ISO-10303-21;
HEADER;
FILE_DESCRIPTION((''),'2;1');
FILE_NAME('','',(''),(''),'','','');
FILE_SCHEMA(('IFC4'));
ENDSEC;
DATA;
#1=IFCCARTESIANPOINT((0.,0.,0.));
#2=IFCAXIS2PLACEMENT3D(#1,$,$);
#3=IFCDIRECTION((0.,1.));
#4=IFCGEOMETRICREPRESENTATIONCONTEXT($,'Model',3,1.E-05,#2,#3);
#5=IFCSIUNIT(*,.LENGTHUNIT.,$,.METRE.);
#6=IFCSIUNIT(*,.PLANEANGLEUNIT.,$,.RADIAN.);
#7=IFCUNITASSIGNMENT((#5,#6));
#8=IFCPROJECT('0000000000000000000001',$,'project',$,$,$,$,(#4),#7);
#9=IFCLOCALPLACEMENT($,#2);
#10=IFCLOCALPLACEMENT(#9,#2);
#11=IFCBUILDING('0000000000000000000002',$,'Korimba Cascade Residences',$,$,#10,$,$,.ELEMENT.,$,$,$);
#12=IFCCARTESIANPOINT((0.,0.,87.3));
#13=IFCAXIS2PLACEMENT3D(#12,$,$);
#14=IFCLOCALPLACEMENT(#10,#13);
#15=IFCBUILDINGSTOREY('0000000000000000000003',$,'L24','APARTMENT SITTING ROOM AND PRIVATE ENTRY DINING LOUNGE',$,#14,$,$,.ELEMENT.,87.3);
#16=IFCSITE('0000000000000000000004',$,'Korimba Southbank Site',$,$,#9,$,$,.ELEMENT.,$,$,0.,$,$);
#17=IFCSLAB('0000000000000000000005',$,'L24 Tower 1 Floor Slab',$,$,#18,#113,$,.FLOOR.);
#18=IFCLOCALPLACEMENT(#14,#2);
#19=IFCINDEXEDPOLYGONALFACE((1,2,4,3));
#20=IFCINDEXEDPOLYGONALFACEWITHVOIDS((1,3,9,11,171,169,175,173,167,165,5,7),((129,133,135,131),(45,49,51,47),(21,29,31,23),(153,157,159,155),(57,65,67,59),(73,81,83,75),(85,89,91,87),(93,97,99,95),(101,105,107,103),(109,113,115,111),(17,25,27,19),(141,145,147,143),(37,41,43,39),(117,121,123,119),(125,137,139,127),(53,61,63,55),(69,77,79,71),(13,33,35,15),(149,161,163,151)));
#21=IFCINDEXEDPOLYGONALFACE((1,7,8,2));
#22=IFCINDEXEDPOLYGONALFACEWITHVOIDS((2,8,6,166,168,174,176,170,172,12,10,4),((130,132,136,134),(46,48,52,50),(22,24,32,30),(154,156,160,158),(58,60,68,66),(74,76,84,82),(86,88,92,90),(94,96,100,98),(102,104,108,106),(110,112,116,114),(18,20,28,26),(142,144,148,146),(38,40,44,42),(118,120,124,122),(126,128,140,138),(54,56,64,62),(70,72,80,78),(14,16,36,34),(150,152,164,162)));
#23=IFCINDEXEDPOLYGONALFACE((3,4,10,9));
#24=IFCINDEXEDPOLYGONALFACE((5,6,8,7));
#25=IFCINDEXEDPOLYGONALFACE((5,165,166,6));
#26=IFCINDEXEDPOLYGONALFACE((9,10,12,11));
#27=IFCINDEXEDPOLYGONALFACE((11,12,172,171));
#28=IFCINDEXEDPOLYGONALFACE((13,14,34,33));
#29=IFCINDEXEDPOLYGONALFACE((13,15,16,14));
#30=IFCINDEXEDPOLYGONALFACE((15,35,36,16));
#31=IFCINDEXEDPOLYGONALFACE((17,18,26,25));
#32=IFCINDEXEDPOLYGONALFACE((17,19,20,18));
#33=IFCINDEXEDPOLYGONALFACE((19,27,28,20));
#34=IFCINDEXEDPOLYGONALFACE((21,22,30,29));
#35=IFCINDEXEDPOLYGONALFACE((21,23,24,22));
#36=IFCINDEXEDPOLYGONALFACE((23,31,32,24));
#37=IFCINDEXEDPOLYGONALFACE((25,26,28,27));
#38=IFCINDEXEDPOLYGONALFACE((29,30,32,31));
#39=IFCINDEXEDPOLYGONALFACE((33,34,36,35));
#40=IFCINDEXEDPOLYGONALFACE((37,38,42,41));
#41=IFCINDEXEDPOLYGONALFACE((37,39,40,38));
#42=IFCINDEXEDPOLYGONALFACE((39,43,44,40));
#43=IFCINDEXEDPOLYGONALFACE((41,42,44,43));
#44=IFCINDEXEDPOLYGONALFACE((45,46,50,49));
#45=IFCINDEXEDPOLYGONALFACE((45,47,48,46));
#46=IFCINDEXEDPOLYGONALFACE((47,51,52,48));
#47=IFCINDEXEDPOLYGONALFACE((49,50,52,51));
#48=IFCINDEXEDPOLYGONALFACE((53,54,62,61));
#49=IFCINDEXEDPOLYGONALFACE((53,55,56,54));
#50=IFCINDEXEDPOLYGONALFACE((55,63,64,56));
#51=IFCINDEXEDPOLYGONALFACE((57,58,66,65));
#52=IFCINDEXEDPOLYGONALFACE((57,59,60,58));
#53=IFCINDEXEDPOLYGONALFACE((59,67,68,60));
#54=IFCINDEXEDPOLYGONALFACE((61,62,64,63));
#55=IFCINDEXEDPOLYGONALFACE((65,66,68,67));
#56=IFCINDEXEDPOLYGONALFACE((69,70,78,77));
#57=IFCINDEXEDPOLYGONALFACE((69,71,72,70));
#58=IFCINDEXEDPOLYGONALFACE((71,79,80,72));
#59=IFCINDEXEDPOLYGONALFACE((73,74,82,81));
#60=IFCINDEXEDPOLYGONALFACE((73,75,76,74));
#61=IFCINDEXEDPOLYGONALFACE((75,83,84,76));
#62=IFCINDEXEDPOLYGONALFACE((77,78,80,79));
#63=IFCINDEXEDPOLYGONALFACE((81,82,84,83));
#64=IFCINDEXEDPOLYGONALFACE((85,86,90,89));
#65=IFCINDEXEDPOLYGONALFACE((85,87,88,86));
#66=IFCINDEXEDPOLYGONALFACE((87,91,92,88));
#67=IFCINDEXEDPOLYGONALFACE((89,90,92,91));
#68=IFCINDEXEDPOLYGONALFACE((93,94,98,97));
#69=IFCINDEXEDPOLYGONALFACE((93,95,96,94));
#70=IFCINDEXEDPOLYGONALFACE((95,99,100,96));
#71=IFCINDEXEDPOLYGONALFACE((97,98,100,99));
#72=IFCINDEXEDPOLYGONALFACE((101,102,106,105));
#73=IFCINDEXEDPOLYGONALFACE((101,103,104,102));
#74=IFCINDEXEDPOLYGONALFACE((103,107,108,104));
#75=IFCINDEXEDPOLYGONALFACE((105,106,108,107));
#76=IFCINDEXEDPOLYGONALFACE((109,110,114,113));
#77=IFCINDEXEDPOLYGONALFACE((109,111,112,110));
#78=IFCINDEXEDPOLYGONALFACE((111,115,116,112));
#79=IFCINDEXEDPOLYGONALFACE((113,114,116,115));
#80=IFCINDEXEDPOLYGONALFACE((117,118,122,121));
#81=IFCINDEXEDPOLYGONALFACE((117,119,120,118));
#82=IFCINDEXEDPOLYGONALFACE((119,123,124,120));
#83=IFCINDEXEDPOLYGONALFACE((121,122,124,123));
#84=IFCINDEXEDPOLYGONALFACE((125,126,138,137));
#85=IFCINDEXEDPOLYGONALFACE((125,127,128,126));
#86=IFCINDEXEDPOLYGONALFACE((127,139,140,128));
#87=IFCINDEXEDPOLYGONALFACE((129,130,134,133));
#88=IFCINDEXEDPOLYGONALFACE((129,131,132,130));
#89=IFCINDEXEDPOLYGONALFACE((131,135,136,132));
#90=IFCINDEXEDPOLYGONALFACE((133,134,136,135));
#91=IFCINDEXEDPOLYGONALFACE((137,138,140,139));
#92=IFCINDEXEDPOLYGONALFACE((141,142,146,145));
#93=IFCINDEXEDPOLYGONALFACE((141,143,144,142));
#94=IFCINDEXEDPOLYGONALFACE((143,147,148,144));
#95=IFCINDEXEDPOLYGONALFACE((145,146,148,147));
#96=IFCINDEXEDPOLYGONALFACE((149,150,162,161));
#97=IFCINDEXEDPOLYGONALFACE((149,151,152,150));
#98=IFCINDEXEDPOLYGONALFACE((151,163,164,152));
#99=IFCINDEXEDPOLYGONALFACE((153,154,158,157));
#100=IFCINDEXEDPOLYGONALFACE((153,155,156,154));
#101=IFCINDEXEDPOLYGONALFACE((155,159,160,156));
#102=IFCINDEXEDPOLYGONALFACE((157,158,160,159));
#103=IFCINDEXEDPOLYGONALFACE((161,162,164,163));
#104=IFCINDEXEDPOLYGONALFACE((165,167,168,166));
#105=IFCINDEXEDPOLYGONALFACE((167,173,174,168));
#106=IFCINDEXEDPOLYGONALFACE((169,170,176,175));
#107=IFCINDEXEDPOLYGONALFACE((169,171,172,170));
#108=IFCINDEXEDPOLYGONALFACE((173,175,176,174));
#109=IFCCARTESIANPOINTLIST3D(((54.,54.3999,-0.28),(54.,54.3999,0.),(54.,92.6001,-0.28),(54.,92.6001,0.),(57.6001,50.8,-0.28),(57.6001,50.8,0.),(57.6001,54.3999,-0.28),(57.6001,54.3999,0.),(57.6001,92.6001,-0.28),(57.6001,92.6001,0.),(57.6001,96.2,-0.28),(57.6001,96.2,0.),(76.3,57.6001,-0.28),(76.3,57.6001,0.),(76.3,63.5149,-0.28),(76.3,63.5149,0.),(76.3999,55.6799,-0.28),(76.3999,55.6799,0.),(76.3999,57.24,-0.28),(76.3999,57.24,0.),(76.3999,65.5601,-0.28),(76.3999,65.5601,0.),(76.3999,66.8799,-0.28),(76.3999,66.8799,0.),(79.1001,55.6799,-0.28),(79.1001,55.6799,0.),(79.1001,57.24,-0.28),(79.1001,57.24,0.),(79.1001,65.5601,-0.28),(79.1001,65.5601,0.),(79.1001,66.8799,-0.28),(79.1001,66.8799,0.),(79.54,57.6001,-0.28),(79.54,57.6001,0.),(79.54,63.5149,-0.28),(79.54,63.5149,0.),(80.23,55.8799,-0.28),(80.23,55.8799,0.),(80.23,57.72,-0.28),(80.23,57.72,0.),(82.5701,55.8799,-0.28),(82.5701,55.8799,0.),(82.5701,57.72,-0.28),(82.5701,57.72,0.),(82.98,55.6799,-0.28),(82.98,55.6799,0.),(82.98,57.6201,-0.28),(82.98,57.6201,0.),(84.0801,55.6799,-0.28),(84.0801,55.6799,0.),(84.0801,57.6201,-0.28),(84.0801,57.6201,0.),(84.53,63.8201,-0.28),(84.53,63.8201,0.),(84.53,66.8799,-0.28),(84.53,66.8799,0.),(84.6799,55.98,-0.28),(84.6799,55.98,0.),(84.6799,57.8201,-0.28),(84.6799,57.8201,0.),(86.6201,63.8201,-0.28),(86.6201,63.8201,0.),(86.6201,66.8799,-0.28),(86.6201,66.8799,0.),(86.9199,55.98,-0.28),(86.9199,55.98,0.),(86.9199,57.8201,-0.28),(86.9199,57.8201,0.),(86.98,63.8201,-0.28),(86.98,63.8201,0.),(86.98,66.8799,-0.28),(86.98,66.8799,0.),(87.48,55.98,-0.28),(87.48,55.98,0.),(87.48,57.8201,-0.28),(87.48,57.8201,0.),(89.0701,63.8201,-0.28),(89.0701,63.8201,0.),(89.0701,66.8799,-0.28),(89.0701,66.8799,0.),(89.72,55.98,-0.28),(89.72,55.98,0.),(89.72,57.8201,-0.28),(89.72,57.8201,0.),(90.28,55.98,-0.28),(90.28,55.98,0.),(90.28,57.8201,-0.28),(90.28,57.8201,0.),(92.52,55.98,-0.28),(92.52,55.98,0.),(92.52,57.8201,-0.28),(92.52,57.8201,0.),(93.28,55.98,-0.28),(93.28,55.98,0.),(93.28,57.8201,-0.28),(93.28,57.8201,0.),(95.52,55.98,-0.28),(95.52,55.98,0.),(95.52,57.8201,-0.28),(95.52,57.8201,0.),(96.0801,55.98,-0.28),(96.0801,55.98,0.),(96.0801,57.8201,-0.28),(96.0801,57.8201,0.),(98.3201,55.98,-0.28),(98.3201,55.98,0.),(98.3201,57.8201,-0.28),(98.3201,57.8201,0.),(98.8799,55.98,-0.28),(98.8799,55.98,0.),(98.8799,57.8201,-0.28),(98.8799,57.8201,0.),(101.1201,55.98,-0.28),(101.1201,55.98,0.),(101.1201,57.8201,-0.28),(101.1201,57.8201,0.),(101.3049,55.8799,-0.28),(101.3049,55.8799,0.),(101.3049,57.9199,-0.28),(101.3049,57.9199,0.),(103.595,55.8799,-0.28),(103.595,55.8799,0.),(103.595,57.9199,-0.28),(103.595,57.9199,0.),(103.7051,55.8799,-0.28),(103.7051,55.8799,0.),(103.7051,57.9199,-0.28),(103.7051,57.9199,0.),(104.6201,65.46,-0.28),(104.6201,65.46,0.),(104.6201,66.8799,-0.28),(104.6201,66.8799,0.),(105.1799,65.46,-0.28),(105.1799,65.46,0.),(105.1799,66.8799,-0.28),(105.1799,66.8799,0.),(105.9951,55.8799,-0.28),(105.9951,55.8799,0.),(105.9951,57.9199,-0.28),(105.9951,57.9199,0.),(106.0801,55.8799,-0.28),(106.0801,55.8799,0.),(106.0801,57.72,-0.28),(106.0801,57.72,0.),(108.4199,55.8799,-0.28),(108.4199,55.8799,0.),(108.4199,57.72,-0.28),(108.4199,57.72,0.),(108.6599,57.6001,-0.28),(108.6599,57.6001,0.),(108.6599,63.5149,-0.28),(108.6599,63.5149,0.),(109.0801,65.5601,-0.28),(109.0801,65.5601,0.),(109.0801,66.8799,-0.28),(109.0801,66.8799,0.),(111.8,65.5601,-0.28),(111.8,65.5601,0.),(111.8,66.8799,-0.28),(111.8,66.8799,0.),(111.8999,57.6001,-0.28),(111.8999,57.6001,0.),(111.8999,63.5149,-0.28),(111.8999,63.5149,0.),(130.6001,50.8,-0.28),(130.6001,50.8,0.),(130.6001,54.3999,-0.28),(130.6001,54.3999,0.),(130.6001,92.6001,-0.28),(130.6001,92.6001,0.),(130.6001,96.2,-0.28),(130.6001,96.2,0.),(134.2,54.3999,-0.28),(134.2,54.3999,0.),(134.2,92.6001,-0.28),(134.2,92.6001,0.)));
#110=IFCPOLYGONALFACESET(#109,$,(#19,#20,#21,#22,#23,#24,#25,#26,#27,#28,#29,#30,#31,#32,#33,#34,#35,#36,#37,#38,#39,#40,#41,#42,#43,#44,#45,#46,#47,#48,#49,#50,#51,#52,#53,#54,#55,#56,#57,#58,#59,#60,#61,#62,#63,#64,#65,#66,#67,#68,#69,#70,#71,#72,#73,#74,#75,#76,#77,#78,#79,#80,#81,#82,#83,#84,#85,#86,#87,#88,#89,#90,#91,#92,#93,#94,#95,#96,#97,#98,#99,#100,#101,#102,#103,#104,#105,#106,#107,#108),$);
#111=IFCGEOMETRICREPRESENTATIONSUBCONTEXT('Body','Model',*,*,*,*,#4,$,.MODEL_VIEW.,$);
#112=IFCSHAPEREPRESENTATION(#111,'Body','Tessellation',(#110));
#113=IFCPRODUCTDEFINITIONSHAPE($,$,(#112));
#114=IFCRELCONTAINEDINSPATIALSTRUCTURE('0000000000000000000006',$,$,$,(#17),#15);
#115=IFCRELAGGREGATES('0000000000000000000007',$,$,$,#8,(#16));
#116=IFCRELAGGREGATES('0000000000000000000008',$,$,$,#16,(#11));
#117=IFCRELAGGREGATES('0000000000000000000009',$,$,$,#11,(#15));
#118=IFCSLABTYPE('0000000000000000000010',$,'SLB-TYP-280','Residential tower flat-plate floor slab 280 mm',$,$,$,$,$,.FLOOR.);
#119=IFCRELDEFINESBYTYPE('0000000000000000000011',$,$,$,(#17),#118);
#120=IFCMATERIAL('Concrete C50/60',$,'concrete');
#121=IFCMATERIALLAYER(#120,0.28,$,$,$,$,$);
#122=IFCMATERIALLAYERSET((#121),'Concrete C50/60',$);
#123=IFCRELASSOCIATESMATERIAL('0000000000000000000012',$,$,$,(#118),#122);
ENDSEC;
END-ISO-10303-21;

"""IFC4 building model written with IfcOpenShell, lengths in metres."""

from ifc_helpers import new_model, si_unit, direction, frame, origin, place, context, subcontext, project, spatial, polyline, outline, extrude, material, layer, layer_set, type_object, element, save


model = new_model("IFC4")

# Units and contexts
model_context = context("Model", 3, precision=1e-05, world=origin(), true_north=direction((0.0, 1.0)))
body_context = subcontext(model_context, "Body", "Model", "MODEL_VIEW")
ifc_project = project(units=[si_unit("LENGTHUNIT", "METRE"), si_unit("PLANEANGLEUNIT", "RADIAN")], contexts=[model_context])

# Site, building, storey
site_placement = place(None, origin())
site = spatial("IfcSite", under=ifc_project, at=site_placement, Name="Korimba Southbank Site", CompositionType="ELEMENT", RefElevation=0.0)
building_placement = place(site_placement, origin())
building = spatial("IfcBuilding", under=site, at=building_placement, Name="Korimba Cascade Residences", CompositionType="ELEMENT")
storey_placement = place(building_placement, frame((0.0, 0.0, 87.3)))
storey = spatial("IfcBuildingStorey", under=building, at=storey_placement, Name="L24", Description="APARTMENT SITTING ROOM AND PRIVATE ENTRY DINING LOUNGE", CompositionType="ELEMENT", Elevation=87.3)

# Shared definitions
ifc_material_1 = material(Name="Concrete C50/60", Category="concrete")

# Slab
ifc_layer_1 = layer(ifc_material_1, 0.28)
ifc_layer_set_1 = layer_set([ifc_layer_1], Name="Concrete C50/60")
slab_type_1 = type_object("IfcSlabType", Name="SLB-TYP-280", Description="Residential tower flat-plate floor slab 280 mm", PredefinedType="FLOOR", material=ifc_layer_set_1)
slab_1_placement = place(storey_placement, frame((0.0, 0.0, -0.28)))
element("IfcSlab", 1, at=slab_1_placement, inside=storey, type_object=slab_type_1, Name="L24 Tower 1 Floor Slab", PredefinedType="FLOOR", context=body_context, shape_type="SweptSolid", body=[
    extrude(outline(polyline([(57.6001, 50.8), (130.6001, 50.8), (130.6001, 54.3999), (134.2, 54.3999), (134.2, 92.6001), (130.6001, 92.6001), (130.6001, 96.2), (57.6001, 96.2), (57.6001, 92.6001), (54.0, 92.6001), (54.0, 54.3999), (57.6001, 54.3999), (57.6001, 50.8)]), holes=[polyline([(76.3, 63.5149), (76.3, 57.6001), (79.54, 57.6001), (79.54, 63.5149), (76.3, 63.5149)]), polyline([(108.6599, 63.5149), (108.6599, 57.6001), (111.8999, 57.6001), (111.8999, 63.5149), (108.6599, 63.5149)]), polyline([(80.23, 55.8799), (82.5701, 55.8799), (82.5701, 57.72), (80.23, 57.72), (80.23, 55.8799)]), polyline([(106.0801, 55.8799), (108.4199, 55.8799), (108.4199, 57.72), (106.0801, 57.72), (106.0801, 55.8799)]), polyline([(84.6799, 55.98), (86.9199, 55.98), (86.9199, 57.8201), (84.6799, 57.8201), (84.6799, 55.98)]), polyline([(87.48, 55.98), (89.72, 55.98), (89.72, 57.8201), (87.48, 57.8201), (87.48, 55.98)]), polyline([(90.28, 55.98), (92.52, 55.98), (92.52, 57.8201), (90.28, 57.8201), (90.28, 55.98)]), polyline([(93.28, 55.98), (95.52, 55.98), (95.52, 57.8201), (93.28, 57.8201), (93.28, 55.98)]), polyline([(96.0801, 55.98), (98.3201, 55.98), (98.3201, 57.8201), (96.0801, 57.8201), (96.0801, 55.98)]), polyline([(98.8799, 55.98), (101.1201, 55.98), (101.1201, 57.8201), (98.8799, 57.8201), (98.8799, 55.98)]), polyline([(101.3049, 55.8799), (103.595, 55.8799), (103.595, 57.9199), (101.3049, 57.9199), (101.3049, 55.8799)]), polyline([(103.7051, 55.8799), (105.9951, 55.8799), (105.9951, 57.9199), (103.7051, 57.9199), (103.7051, 55.8799)]), polyline([(82.98, 55.6799), (84.0801, 55.6799), (84.0801, 57.6201), (82.98, 57.6201), (82.98, 55.6799)]), polyline([(76.3999, 65.5601), (79.1001, 65.5601), (79.1001, 66.8799), (76.3999, 66.8799), (76.3999, 65.5601)]), polyline([(76.3999, 55.6799), (79.1001, 55.6799), (79.1001, 57.24), (76.3999, 57.24), (76.3999, 55.6799)]), polyline([(84.53, 63.8201), (86.6201, 63.8201), (86.6201, 66.8799), (84.53, 66.8799), (84.53, 63.8201)]), polyline([(86.98, 63.8201), (89.0701, 63.8201), (89.0701, 66.8799), (86.98, 66.8799), (86.98, 63.8201)]), polyline([(104.6201, 65.46), (105.1799, 65.46), (105.1799, 66.8799), (104.6201, 66.8799), (104.6201, 65.46)]), polyline([(109.0801, 65.5601), (111.8, 65.5601), (111.8, 66.8799), (109.0801, 66.8799), (109.0801, 65.5601)])]), origin(), (0.0, 0.0, 1.0), 0.28),
])

save(model, "model.ifc")
